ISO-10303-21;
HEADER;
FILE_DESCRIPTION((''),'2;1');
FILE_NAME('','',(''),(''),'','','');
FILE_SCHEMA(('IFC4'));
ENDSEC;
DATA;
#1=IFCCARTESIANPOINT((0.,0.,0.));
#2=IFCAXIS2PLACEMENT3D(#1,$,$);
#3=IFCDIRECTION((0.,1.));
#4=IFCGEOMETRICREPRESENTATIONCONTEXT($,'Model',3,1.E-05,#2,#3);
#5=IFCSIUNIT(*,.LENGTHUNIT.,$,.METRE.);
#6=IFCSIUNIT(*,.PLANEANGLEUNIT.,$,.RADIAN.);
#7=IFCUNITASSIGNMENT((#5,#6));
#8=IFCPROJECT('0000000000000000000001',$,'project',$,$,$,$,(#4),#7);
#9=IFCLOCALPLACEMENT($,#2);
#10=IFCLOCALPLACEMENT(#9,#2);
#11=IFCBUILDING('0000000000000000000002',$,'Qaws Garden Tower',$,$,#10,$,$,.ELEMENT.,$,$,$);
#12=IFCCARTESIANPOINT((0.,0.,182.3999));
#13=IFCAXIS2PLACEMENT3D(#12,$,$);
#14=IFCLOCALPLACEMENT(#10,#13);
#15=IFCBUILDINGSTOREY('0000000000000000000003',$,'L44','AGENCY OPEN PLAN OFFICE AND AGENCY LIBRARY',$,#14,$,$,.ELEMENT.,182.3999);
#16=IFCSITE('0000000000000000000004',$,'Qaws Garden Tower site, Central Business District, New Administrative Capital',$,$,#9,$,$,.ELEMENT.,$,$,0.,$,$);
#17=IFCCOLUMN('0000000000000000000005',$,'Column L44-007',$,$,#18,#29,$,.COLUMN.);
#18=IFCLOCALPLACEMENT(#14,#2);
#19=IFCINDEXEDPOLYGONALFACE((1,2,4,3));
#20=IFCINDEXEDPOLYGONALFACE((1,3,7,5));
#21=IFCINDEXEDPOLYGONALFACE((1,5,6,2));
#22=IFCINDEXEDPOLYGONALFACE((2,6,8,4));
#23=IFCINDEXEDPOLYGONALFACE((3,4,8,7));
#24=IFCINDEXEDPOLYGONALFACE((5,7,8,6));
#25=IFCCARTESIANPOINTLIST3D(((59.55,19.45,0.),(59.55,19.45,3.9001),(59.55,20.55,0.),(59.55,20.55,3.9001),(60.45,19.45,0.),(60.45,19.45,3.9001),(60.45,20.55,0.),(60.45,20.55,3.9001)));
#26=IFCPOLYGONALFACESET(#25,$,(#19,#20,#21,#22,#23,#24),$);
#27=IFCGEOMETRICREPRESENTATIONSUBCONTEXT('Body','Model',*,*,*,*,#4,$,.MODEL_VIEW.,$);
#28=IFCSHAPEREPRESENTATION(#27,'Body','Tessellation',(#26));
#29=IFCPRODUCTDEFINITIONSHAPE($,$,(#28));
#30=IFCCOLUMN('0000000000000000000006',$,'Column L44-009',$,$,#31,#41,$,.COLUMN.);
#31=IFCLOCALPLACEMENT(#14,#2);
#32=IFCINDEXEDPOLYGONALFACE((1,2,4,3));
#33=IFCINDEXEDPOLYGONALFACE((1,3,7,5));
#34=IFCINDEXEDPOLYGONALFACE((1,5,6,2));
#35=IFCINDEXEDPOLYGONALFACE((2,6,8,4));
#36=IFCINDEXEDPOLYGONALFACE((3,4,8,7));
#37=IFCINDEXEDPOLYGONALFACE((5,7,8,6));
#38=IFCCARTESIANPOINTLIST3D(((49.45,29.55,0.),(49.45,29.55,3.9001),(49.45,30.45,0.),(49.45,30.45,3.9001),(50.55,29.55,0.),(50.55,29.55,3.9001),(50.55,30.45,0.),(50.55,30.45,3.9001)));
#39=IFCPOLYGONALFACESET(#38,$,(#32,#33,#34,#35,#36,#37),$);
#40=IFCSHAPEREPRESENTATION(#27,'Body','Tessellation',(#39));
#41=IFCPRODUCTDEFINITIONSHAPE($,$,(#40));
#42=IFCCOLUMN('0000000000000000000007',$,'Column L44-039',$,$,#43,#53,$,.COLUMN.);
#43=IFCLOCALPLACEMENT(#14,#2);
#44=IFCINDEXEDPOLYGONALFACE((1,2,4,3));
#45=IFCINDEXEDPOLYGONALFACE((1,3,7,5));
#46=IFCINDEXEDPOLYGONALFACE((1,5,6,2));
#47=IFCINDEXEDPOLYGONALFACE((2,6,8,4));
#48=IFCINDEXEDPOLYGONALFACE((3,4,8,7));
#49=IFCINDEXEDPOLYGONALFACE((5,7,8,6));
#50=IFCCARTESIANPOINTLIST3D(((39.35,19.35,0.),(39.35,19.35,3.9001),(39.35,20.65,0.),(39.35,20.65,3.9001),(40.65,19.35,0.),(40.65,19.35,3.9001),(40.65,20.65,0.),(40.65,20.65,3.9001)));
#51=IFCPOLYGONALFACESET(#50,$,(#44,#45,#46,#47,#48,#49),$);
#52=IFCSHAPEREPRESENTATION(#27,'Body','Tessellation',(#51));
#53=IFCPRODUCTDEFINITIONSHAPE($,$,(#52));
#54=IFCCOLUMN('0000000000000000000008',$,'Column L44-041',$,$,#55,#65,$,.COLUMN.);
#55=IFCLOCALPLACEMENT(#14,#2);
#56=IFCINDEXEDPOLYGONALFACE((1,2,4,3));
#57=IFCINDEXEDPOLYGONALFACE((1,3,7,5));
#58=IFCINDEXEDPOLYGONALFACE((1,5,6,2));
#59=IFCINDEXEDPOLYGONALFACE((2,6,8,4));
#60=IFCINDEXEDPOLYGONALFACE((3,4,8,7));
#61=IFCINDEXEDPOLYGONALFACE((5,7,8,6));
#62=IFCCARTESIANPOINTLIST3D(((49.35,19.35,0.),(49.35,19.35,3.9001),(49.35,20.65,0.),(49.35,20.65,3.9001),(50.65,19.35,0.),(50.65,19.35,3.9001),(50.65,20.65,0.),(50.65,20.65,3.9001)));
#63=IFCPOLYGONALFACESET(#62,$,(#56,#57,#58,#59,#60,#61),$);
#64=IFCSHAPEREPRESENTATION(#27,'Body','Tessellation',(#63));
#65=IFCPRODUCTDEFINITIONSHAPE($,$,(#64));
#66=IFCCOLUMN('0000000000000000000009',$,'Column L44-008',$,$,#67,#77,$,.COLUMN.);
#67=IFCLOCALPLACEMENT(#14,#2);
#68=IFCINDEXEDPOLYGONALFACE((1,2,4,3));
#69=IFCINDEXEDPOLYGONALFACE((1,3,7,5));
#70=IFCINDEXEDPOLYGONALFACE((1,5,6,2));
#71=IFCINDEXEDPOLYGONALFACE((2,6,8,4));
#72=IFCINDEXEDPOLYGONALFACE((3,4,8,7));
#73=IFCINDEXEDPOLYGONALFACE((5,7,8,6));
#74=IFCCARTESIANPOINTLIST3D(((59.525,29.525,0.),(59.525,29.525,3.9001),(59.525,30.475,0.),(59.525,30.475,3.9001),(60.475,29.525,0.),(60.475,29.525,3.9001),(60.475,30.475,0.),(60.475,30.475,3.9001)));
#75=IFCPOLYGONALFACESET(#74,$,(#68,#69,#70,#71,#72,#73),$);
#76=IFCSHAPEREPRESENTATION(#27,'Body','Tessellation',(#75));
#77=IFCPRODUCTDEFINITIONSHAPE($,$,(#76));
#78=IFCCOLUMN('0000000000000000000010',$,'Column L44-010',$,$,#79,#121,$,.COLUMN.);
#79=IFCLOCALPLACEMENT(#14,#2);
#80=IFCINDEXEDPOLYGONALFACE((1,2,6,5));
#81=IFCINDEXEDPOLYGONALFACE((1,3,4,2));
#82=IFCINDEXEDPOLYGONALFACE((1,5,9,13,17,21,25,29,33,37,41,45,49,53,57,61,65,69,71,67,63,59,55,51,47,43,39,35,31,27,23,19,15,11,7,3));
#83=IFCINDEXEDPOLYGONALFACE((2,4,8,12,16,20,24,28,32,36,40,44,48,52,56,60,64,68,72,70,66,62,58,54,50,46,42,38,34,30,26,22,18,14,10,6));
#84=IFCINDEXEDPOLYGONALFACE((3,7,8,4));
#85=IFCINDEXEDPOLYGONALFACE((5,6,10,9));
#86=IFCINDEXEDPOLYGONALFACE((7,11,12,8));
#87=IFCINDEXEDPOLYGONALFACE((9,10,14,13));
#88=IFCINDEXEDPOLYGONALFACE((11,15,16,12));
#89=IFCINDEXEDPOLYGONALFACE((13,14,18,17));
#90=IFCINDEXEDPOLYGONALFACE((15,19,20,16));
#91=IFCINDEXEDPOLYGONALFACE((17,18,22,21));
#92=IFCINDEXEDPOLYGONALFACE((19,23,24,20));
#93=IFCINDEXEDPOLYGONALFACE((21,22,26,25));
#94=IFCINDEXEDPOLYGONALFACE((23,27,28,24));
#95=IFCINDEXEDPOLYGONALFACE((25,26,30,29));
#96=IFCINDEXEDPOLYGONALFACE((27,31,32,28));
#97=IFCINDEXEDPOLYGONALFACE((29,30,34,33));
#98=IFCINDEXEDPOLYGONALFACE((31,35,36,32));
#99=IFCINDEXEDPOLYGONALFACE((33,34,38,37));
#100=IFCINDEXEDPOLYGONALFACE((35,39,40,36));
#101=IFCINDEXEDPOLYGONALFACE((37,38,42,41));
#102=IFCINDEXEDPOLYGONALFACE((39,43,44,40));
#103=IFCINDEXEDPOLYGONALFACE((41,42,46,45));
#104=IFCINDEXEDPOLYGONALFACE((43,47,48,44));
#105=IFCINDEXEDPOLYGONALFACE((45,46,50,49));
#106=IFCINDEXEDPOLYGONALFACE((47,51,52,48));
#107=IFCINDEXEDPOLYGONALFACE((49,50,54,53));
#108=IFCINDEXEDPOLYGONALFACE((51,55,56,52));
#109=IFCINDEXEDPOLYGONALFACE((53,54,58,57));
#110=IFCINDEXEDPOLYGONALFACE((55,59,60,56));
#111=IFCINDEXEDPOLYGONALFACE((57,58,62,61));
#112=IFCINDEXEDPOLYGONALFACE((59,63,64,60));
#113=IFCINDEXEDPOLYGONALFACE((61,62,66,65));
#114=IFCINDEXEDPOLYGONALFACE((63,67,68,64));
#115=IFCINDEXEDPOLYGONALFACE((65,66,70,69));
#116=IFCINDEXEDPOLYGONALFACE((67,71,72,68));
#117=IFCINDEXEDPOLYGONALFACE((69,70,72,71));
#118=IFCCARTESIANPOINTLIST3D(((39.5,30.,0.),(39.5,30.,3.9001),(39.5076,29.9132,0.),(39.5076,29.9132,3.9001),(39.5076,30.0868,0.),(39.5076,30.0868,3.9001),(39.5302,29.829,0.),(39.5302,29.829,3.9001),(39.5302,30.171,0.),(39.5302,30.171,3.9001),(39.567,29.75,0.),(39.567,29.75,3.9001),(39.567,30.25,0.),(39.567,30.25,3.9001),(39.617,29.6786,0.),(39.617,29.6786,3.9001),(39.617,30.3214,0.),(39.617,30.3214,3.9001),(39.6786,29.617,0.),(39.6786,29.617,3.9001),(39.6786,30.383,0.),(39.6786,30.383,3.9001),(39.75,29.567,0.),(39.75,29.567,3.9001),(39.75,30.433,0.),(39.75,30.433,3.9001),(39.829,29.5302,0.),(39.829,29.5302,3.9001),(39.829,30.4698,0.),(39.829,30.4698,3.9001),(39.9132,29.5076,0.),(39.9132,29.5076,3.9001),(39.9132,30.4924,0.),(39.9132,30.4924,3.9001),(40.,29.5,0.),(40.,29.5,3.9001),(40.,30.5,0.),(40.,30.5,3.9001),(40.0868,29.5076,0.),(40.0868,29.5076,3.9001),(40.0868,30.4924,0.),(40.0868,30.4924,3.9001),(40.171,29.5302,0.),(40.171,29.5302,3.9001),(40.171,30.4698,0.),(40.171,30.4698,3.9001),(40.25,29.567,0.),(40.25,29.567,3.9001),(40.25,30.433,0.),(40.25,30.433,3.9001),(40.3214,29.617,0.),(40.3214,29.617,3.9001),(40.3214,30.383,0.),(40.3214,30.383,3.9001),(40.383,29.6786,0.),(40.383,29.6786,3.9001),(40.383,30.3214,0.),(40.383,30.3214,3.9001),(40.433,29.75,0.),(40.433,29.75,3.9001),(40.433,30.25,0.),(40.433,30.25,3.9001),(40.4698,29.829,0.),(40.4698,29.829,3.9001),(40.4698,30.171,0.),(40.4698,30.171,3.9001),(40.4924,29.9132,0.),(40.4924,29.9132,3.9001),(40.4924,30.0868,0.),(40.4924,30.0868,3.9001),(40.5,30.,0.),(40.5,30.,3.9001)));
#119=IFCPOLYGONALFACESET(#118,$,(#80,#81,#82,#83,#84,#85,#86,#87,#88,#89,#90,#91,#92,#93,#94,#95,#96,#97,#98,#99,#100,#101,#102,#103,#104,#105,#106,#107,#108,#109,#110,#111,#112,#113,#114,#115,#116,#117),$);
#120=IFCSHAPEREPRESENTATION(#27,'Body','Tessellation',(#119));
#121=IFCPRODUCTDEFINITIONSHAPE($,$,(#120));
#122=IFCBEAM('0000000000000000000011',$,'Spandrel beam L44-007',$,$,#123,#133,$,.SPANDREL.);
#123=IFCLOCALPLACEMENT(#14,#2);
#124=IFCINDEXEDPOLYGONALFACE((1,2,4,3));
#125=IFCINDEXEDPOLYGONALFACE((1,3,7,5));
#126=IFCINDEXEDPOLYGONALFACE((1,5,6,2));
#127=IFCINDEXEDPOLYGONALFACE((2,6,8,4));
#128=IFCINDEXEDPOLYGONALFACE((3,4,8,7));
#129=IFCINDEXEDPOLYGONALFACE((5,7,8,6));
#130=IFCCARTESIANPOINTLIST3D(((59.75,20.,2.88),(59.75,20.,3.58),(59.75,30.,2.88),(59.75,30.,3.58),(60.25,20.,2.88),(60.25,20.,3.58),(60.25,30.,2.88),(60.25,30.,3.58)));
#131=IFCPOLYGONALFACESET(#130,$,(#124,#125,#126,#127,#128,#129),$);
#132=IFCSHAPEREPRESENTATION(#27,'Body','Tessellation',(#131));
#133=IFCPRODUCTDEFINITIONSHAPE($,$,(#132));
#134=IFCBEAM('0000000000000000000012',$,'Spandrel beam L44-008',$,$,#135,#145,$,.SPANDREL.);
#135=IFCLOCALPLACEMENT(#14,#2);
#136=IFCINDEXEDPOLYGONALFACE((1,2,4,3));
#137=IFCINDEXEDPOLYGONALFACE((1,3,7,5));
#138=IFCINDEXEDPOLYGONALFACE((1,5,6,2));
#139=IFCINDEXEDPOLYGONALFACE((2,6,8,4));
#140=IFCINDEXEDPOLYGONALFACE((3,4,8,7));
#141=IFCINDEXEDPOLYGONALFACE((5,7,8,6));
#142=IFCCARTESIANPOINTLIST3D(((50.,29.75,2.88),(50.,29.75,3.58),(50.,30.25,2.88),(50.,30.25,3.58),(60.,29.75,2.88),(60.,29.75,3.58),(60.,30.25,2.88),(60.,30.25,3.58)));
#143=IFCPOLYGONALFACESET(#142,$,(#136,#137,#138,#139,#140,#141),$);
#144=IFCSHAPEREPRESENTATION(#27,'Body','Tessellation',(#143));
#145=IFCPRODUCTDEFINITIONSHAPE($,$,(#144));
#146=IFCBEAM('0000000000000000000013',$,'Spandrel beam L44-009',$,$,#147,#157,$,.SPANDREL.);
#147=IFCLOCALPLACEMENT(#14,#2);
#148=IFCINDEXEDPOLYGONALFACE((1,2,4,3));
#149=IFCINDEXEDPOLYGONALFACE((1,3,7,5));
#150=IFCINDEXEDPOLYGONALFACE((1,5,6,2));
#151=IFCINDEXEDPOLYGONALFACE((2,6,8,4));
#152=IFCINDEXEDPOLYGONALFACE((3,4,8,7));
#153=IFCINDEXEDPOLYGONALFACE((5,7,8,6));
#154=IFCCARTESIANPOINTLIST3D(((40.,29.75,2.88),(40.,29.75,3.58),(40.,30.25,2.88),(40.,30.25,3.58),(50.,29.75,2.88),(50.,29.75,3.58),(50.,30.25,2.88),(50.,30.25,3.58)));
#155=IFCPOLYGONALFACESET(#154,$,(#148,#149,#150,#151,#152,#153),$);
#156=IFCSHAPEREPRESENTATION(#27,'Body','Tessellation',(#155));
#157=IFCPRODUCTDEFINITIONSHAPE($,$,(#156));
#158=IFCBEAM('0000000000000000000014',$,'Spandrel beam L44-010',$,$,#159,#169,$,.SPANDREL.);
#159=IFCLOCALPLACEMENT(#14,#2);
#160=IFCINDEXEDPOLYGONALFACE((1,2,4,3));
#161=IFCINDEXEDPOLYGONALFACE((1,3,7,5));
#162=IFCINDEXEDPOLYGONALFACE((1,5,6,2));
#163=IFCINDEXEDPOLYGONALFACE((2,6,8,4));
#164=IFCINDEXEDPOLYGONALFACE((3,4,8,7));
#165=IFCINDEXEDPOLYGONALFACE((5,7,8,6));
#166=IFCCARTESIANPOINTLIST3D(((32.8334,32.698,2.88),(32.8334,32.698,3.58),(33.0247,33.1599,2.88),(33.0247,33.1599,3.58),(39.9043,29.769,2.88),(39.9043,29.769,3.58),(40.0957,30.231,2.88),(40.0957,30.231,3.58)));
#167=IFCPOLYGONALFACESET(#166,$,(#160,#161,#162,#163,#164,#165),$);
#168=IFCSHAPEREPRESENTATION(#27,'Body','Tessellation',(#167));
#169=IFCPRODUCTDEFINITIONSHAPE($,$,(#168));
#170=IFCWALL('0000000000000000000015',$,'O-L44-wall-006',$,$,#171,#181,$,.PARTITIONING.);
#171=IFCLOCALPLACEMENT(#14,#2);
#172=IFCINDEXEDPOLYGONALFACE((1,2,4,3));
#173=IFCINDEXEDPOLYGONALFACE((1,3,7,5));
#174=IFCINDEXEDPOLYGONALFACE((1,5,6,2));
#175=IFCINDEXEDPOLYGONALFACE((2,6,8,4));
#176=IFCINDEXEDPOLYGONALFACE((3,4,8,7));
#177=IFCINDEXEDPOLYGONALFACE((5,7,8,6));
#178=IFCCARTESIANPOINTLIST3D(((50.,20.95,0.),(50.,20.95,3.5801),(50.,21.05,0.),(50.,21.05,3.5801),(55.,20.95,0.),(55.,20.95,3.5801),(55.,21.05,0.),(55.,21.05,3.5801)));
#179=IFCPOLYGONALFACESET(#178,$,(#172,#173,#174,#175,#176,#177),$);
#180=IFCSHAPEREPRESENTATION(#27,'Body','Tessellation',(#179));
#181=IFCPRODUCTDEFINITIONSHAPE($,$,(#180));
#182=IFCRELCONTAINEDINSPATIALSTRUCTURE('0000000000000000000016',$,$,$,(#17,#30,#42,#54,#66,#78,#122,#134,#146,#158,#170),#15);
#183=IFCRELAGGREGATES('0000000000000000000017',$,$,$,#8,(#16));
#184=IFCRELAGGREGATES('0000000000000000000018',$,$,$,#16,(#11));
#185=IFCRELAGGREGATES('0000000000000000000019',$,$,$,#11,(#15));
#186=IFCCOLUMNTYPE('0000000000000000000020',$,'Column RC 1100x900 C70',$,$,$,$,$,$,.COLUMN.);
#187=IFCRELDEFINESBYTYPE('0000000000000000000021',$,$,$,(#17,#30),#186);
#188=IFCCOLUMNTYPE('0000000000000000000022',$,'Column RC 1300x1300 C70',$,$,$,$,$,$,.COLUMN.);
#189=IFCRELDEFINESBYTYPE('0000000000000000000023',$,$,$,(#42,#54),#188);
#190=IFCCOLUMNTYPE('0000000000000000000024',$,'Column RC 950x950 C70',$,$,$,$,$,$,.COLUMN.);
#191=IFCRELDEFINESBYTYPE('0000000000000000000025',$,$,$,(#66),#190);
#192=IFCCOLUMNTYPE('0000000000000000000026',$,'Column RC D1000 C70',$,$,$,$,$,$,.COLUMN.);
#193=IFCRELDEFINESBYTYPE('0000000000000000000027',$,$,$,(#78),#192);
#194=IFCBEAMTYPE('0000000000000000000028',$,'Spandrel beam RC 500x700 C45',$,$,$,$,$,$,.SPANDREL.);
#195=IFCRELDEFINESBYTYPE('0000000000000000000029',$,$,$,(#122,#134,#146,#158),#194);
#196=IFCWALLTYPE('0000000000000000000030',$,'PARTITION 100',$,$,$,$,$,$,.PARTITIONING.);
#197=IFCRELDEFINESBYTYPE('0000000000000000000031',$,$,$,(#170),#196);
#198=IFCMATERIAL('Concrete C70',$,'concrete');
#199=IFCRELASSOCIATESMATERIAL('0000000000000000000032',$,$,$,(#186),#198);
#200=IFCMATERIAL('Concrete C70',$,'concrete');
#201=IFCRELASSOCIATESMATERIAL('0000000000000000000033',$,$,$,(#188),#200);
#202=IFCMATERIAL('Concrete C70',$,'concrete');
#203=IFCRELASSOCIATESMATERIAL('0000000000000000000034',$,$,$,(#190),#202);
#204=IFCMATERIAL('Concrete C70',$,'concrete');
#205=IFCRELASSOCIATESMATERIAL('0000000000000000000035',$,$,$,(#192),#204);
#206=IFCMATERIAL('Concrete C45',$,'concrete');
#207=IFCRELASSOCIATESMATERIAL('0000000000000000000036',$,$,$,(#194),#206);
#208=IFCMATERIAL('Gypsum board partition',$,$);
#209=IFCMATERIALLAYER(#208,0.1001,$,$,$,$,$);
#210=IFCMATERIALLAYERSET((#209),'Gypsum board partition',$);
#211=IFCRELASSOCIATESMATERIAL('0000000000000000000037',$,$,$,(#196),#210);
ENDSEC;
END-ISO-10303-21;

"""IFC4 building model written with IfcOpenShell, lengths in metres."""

from ifc_helpers import new_model, si_unit, direction, frame, frame_2d, origin, origin_2d, place, context, subcontext, project, spatial, rectangle, circle, extrude, material, layer, layer_set, material_profile, profile_set, type_object, element, save


model = new_model("IFC4")

# Units and contexts
model_context = context("Model", 3, precision=1e-05, world=origin(), true_north=direction((0.0, 1.0)))
body_context = subcontext(model_context, "Body", "Model", "MODEL_VIEW")
ifc_project = project(units=[si_unit("LENGTHUNIT", "METRE"), si_unit("PLANEANGLEUNIT", "RADIAN")], contexts=[model_context])

# Site, building, storey
site_placement = place(None, origin())
site = spatial("IfcSite", under=ifc_project, at=site_placement, Name="Qaws Garden Tower site, Central Business District, New Administrative Capital", CompositionType="ELEMENT", RefElevation=0.0)
building_placement = place(site_placement, origin())
building = spatial("IfcBuilding", under=site, at=building_placement, Name="Qaws Garden Tower", CompositionType="ELEMENT")
storey_placement = place(building_placement, frame((0.0, 0.0, 182.3999)))
storey = spatial("IfcBuildingStorey", under=building, at=storey_placement, Name="L44", Description="AGENCY OPEN PLAN OFFICE AND AGENCY LIBRARY", CompositionType="ELEMENT", Elevation=182.3999)

# Columns
ifc_material_1 = material(Name="Concrete C70", Category="concrete")
ifc_material_profile_1 = material_profile(ifc_material_1, rectangle(XDim=1.1001, YDim=0.8999, at=origin_2d()), Name="RC 1100x900")
ifc_profile_set_1 = profile_set([ifc_material_profile_1], Name="Concrete C70")
column_type_1 = type_object("IfcColumnType", Name="Column RC 1100x900 C70", PredefinedType="COLUMN", material=ifc_profile_set_1)
for number, where, z_axis, x_axis, name in (
    (1, (60.0, 20.0, 0.0), (0.0, 0.0, 1.0), (0.0, 1.0, 0.0), "Column L44-007"),
    (2, (50.0, 30.0, 0.0), (0.0, 0.0, 1.0), (1.0, 0.0, 0.0), "Column L44-009"),
):
    element("IfcColumn", number, at=place(storey_placement, frame(where, z_axis=z_axis, x_axis=x_axis)), inside=storey, type_object=column_type_1, Name=name, PredefinedType="COLUMN", context=body_context, shape_type="SweptSolid", body=[
        extrude(rectangle(XDim=1.1001, YDim=0.8999, at=origin_2d()), origin(), (0.0, 0.0, 1.0), 3.9001),
    ])
ifc_material_2 = material(Name="Concrete C70", Category="concrete")
ifc_material_profile_2 = material_profile(ifc_material_2, rectangle(XDim=1.3, YDim=1.3, at=origin_2d()), Name="RC 1300x1300")
ifc_profile_set_2 = profile_set([ifc_material_profile_2], Name="Concrete C70")
column_type_2 = type_object("IfcColumnType", Name="Column RC 1300x1300 C70", PredefinedType="COLUMN", material=ifc_profile_set_2)
for number, where, z_axis, x_axis, name in (
    (3, (40.0, 20.0, 0.0), (0.0, 0.0, 1.0), (1.0, 0.0, 0.0), "Column L44-039"),
    (4, (50.0, 20.0, 0.0), (0.0, 0.0, 1.0), (1.0, 0.0, 0.0), "Column L44-041"),
):
    element("IfcColumn", number, at=place(storey_placement, frame(where, z_axis=z_axis, x_axis=x_axis)), inside=storey, type_object=column_type_2, Name=name, PredefinedType="COLUMN", context=body_context, shape_type="SweptSolid", body=[
        extrude(rectangle(XDim=1.3, YDim=1.3, at=origin_2d()), origin(), (0.0, 0.0, 1.0), 3.9001),
    ])
ifc_material_3 = material(Name="Concrete C70", Category="concrete")
ifc_material_profile_3 = material_profile(ifc_material_3, rectangle(XDim=0.95, YDim=0.95, at=origin_2d()), Name="RC 950x950")
ifc_profile_set_3 = profile_set([ifc_material_profile_3], Name="Concrete C70")
column_type_3 = type_object("IfcColumnType", Name="Column RC 950x950 C70", PredefinedType="COLUMN", material=ifc_profile_set_3)
column_1_placement = place(storey_placement, frame((60.0, 30.0, 0.0), z_axis=(0.0, 0.0, 1.0), x_axis=(1.0, 0.0, 0.0)))
element("IfcColumn", 5, at=column_1_placement, inside=storey, type_object=column_type_3, Name="Column L44-008", PredefinedType="COLUMN", context=body_context, shape_type="SweptSolid", body=[
    extrude(rectangle(XDim=0.95, YDim=0.95, at=origin_2d()), origin(), (0.0, 0.0, 1.0), 3.9001),
])
ifc_material_4 = material(Name="Concrete C70", Category="concrete")
ifc_material_profile_4 = material_profile(ifc_material_4, circle(Radius=0.5, at=origin_2d()), Name="RC D1000")
ifc_profile_set_4 = profile_set([ifc_material_profile_4], Name="Concrete C70")
column_type_4 = type_object("IfcColumnType", Name="Column RC D1000 C70", PredefinedType="COLUMN", material=ifc_profile_set_4)
column_2_placement = place(storey_placement, frame((40.0, 30.0, 0.0), z_axis=(0.0, 0.0, 1.0), x_axis=(1.0, 0.0, 0.0)))
element("IfcColumn", 6, at=column_2_placement, inside=storey, type_object=column_type_4, Name="Column L44-010", PredefinedType="COLUMN", context=body_context, shape_type="SweptSolid", body=[
    extrude(circle(Radius=0.5, at=origin_2d()), origin(), (0.0, 0.0, 1.0), 3.9001),
])

# Beams
ifc_material_5 = material(Name="Concrete C45", Category="concrete")
ifc_material_profile_5 = material_profile(ifc_material_5, rectangle(XDim=0.5, YDim=0.7, at=origin_2d()), Name="RC 500x700")
ifc_profile_set_5 = profile_set([ifc_material_profile_5], Name="Concrete C45")
beam_type = type_object("IfcBeamType", Name="Spandrel beam RC 500x700 C45", PredefinedType="SPANDREL", material=ifc_profile_set_5)
for number, where, z_axis, x_axis, name in (
    (7, (60.0, 20.0, 3.23), (0.0, 1.0, 0.0), (-1.0, 0.0, 0.0), "Spandrel beam L44-007"),
    (8, (60.0, 30.0, 3.23), (-1.0, 0.0, 0.0), (0.0, -1.0, 0.0), "Spandrel beam L44-008"),
    (9, (50.0, 30.0, 3.23), (-1.0, 0.0, 0.0), (0.0, -1.0, 0.0), "Spandrel beam L44-009"),
):
    element("IfcBeam", number, at=place(storey_placement, frame(where, z_axis=z_axis, x_axis=x_axis)), inside=storey, type_object=beam_type, Name=name, PredefinedType="SPANDREL", context=body_context, shape_type="SweptSolid", body=[
        extrude(rectangle(XDim=0.5, YDim=0.7, at=origin_2d()), origin(), (0.0, 0.0, 1.0), 10.0),
    ])
beam_placement = place(storey_placement, frame((40.0, 30.0, 3.23), z_axis=(-0.923878, 0.382687, 0.0), x_axis=(-0.382687, -0.923878, 0.0)))
element("IfcBeam", 10, at=beam_placement, inside=storey, type_object=beam_type, Name="Spandrel beam L44-010", PredefinedType="SPANDREL", context=body_context, shape_type="SweptSolid", body=[
    extrude(rectangle(XDim=0.5, YDim=0.7, at=origin_2d()), origin(), (0.0, 0.0, 1.0), 7.6536),
])

# Wall
ifc_material_6 = material(Name="Gypsum board partition")
ifc_layer_1 = layer(ifc_material_6, 0.1001)
ifc_layer_set_1 = layer_set([ifc_layer_1], Name="Gypsum board partition")
wall_type_1 = type_object("IfcWallType", Name="PARTITION 100", PredefinedType="PARTITIONING", material=ifc_layer_set_1)
wall_1_placement = place(storey_placement, frame((50.0, 21.0, 0.0), z_axis=(0.0, 0.0, 1.0), x_axis=(1.0, 0.0, 0.0)))
element("IfcWall", 11, at=wall_1_placement, inside=storey, type_object=wall_type_1, Name="O-L44-wall-006", PredefinedType="PARTITIONING", context=body_context, shape_type="SweptSolid", body=[
    extrude(rectangle(XDim=5.0, YDim=0.1001, at=frame_2d((2.5, 0.0))), origin(), (0.0, 0.0, 1.0), 3.5801),
])

save(model, "model.ifc")
